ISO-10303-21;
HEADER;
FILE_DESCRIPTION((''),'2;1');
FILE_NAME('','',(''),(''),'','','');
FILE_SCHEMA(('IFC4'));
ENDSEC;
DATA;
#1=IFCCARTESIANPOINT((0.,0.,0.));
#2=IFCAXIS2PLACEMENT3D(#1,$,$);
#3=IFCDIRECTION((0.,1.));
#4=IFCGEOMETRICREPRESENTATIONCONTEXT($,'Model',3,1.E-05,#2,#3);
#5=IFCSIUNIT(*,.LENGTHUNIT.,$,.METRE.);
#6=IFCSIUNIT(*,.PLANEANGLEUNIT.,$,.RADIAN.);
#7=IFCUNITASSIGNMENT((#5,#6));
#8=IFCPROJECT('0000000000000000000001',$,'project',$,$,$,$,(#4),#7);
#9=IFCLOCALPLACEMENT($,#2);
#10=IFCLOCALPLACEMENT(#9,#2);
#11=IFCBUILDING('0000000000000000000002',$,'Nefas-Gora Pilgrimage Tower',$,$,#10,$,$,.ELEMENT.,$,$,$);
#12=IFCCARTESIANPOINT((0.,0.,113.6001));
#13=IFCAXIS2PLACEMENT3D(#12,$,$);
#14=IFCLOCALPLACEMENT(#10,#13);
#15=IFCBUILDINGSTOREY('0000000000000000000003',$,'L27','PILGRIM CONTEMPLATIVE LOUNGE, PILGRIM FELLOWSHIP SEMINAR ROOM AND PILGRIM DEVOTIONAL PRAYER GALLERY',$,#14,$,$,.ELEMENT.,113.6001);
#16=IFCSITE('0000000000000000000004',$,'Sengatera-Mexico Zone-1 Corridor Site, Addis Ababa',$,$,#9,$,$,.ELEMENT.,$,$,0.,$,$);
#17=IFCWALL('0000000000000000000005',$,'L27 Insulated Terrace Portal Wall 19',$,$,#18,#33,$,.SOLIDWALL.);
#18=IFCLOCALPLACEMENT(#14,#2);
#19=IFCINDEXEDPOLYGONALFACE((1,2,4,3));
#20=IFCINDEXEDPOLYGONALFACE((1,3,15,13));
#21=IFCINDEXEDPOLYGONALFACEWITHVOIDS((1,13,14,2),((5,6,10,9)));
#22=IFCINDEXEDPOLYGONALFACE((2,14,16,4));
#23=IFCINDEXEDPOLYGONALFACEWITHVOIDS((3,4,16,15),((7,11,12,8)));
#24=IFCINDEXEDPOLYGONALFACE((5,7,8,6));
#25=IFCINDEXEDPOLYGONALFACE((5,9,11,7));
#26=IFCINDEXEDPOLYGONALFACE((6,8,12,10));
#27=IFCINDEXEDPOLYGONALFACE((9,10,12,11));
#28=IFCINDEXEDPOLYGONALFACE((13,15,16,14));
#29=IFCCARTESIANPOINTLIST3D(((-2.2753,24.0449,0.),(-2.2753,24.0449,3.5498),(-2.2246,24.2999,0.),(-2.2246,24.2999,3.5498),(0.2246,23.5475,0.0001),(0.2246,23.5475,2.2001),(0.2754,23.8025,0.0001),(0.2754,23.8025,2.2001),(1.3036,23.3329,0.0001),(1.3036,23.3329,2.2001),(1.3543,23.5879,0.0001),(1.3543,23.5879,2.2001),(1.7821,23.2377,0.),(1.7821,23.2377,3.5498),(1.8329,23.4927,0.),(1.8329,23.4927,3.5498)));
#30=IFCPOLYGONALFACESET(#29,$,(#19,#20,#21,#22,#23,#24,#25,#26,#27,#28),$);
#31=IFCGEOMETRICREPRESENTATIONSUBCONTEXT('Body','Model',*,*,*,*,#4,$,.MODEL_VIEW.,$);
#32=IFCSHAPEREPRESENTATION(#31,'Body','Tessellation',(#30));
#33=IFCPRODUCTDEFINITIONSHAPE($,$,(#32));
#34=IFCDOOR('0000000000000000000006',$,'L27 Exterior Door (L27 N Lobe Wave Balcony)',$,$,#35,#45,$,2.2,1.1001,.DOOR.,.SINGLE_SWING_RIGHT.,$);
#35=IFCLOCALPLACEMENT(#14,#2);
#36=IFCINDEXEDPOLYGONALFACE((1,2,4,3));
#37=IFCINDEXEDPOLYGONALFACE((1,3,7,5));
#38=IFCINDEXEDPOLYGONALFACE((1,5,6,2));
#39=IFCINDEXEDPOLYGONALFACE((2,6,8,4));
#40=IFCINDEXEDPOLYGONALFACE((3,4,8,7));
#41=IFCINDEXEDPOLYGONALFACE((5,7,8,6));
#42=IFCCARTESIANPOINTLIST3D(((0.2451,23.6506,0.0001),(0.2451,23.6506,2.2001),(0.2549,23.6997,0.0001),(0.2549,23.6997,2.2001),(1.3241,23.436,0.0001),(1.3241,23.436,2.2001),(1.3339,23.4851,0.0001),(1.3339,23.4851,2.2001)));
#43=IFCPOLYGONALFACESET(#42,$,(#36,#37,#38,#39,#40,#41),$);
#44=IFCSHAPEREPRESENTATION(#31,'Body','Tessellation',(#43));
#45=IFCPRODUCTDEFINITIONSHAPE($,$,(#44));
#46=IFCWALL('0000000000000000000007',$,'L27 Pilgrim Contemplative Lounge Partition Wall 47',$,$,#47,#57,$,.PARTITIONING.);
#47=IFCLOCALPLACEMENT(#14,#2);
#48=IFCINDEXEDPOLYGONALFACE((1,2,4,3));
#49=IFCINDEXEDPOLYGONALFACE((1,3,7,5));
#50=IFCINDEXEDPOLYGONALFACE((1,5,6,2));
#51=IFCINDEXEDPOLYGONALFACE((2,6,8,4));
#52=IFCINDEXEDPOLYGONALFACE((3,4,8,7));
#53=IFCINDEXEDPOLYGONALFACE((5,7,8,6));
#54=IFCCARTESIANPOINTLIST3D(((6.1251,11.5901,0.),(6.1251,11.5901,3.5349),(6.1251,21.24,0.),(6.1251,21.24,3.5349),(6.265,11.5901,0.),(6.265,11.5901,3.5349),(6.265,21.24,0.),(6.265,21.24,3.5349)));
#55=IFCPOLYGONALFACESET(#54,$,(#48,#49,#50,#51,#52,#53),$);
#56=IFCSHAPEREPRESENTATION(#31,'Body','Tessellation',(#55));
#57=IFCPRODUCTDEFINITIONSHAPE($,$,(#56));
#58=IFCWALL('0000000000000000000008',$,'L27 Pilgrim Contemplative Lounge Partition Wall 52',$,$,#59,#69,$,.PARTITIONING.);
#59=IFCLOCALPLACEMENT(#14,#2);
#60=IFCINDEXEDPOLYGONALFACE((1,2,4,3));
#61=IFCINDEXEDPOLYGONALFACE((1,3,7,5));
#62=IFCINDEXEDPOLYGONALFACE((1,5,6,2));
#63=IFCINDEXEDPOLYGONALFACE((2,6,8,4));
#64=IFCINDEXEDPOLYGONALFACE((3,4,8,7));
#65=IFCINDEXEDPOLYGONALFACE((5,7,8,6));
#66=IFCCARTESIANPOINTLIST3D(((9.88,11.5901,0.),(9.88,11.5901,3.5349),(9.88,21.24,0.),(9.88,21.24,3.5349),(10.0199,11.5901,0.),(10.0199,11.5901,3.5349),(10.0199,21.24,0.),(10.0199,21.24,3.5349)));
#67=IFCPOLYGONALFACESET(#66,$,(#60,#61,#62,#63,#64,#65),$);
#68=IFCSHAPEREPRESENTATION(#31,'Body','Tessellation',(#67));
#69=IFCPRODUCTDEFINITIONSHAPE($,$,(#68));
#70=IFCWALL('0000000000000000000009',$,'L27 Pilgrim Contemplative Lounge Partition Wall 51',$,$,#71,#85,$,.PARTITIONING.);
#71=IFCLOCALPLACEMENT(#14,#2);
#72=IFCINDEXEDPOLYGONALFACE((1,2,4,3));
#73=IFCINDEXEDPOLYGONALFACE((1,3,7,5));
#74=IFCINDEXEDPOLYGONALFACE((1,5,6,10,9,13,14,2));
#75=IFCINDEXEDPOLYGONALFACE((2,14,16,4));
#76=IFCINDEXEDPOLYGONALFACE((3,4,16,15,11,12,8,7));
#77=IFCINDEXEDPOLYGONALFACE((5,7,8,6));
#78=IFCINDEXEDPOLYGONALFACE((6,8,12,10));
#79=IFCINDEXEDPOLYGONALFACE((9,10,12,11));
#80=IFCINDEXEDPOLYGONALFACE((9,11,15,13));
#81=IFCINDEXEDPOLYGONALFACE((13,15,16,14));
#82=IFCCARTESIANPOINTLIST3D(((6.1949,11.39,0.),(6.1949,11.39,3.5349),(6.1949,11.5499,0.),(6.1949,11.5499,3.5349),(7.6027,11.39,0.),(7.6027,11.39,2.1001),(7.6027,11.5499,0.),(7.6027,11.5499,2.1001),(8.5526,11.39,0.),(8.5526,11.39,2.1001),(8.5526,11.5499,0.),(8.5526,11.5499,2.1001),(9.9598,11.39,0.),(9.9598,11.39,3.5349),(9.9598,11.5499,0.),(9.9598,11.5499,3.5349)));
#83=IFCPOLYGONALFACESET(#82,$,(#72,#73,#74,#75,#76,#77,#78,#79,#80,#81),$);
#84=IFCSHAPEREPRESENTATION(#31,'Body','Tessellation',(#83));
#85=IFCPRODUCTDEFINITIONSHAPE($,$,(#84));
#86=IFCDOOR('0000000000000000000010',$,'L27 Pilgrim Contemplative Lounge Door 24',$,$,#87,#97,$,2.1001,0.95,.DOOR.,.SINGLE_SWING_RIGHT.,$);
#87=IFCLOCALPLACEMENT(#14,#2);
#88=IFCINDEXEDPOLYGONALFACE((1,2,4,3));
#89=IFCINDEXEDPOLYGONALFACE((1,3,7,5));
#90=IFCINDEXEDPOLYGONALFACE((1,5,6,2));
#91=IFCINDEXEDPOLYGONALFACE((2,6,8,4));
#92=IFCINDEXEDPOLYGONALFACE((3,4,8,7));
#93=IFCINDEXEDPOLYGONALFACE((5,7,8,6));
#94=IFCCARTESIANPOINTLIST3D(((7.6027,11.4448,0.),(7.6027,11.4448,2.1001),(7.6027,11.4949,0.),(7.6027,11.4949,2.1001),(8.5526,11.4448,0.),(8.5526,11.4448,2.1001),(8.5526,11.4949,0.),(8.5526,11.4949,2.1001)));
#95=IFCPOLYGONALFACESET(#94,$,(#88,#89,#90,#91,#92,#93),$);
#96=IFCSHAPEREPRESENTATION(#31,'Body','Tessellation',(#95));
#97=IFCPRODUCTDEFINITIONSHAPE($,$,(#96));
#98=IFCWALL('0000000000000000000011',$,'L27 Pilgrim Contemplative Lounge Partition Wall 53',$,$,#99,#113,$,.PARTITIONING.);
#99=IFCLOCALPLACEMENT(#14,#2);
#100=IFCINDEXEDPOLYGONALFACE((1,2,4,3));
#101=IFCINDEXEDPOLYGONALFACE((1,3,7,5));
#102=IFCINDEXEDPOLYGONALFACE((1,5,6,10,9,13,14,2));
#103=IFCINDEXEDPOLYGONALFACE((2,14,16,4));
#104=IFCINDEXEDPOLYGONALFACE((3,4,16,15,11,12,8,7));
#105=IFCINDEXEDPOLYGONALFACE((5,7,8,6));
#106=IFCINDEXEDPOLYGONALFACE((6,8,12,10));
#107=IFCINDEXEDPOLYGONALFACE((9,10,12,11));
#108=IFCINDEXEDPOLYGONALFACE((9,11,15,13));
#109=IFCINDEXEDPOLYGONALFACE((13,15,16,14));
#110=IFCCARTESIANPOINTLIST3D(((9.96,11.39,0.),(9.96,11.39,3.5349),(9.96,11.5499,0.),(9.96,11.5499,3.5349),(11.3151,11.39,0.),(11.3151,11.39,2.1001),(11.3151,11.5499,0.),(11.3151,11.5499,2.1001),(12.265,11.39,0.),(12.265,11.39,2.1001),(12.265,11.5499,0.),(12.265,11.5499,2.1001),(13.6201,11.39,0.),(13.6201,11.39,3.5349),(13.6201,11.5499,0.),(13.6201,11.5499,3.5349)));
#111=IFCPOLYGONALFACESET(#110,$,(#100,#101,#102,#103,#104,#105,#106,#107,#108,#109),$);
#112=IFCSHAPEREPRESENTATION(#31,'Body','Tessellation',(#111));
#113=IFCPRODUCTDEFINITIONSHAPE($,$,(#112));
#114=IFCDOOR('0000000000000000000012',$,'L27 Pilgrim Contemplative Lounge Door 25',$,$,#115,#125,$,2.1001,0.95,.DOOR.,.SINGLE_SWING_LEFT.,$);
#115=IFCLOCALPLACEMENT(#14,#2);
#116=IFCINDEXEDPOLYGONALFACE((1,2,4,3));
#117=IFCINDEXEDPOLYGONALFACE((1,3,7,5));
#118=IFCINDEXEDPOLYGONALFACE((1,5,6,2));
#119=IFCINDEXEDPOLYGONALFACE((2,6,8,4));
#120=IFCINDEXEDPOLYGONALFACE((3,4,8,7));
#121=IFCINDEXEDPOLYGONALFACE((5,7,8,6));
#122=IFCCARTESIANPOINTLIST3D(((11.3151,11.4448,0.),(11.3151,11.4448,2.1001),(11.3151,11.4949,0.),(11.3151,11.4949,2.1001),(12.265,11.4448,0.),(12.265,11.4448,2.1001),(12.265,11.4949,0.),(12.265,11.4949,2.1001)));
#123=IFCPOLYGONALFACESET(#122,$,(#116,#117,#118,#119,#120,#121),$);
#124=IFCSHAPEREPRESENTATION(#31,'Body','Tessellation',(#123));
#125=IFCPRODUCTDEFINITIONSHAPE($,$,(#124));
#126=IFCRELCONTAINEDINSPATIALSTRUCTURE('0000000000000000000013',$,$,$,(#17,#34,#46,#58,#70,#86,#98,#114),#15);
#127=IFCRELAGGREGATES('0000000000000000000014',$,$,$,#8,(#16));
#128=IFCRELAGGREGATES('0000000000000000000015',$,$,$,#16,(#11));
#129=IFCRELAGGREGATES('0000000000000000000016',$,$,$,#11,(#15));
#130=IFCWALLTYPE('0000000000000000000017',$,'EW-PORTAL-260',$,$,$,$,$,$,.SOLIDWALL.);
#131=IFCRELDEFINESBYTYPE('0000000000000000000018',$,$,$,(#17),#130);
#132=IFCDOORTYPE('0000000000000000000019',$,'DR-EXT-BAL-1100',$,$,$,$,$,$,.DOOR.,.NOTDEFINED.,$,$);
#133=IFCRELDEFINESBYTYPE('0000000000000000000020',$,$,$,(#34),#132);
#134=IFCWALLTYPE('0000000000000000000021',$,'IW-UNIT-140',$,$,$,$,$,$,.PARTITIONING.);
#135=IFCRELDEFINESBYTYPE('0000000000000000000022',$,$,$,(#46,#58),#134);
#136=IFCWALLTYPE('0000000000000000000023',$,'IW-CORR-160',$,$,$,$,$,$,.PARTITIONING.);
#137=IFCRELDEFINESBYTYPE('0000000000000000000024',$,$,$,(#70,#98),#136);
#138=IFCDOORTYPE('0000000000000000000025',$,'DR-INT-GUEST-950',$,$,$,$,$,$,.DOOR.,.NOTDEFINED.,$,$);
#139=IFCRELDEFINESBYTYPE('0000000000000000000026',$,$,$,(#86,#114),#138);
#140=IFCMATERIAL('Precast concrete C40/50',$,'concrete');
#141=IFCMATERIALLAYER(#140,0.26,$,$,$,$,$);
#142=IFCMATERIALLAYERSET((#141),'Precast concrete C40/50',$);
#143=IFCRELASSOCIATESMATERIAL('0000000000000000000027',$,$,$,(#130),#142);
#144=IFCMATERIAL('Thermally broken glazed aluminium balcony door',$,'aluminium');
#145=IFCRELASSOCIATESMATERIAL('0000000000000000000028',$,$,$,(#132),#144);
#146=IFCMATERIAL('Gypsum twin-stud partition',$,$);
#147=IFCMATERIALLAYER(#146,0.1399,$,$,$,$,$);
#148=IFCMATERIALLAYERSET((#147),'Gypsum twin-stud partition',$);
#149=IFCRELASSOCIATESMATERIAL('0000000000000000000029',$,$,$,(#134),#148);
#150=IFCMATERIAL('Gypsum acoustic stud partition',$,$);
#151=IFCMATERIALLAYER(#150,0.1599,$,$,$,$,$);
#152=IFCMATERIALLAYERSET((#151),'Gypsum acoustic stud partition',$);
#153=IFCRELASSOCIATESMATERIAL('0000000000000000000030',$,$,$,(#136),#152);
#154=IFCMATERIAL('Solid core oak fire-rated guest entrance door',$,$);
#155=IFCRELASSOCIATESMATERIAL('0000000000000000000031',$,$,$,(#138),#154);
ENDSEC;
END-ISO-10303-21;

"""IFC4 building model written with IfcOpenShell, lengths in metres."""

from ifc_helpers import new_model, si_unit, direction, frame, frame_2d, origin, place, context, subcontext, project, spatial, rectangle, extrude, source, transform, mapped, material, layer, layer_set, type_object, element, fill, save


model = new_model("IFC4")

# Units and contexts
model_context = context("Model", 3, precision=1e-05, world=origin(), true_north=direction((0.0, 1.0)))
body_context = subcontext(model_context, "Body", "Model", "MODEL_VIEW")
ifc_project = project(units=[si_unit("LENGTHUNIT", "METRE"), si_unit("PLANEANGLEUNIT", "RADIAN")], contexts=[model_context])

# Site, building, storey
site_placement = place(None, origin())
site = spatial("IfcSite", under=ifc_project, at=site_placement, Name="Sengatera-Mexico Zone-1 Corridor Site, Addis Ababa", CompositionType="ELEMENT", RefElevation=0.0)
building_placement = place(site_placement, origin())
building = spatial("IfcBuilding", under=site, at=building_placement, Name="Nefas-Gora Pilgrimage Tower", CompositionType="ELEMENT")
storey_placement = place(building_placement, frame((0.0, 0.0, 113.6001)))
storey = spatial("IfcBuildingStorey", under=building, at=storey_placement, Name="L27", Description="PILGRIM CONTEMPLATIVE LOUNGE, PILGRIM FELLOWSHIP SEMINAR ROOM AND PILGRIM DEVOTIONAL PRAYER GALLERY", CompositionType="ELEMENT", Elevation=113.6001)

# Shared definitions
ifc_material_1 = material(Name="Precast concrete C40/50", Category="concrete")
ifc_layer_1 = layer(ifc_material_1, 0.26)
ifc_layer_set_1 = layer_set([ifc_layer_1], Name="Precast concrete C40/50")
wall_type_1 = type_object("IfcWallType", Name="EW-PORTAL-260", PredefinedType="SOLIDWALL", material=ifc_layer_set_1)

# Wall, opening, door
shared_shape_1 = source(origin(), body_context, "Body", "SweptSolid", [
    extrude(rectangle(XDim=4.137, YDim=0.26, at=frame_2d((2.0684, 0.0))), origin(), (0.0, 0.0, 1.0), 3.5498),
])
wall_1_placement = place(storey_placement, frame((1.8074, 23.3652, 0.0), z_axis=(0.0, 0.0, 1.0), x_axis=(-0.980782, 0.195106, 0.0)))
wall_1 = element("IfcWall", 1, at=wall_1_placement, inside=storey, type_object=wall_type_1, Name="L27 Insulated Terrace Portal Wall 19", PredefinedType="SOLIDWALL", context=body_context, shape_type="MappedRepresentation", body=[
    mapped(shared_shape_1, transform((0.0, 0.0, 0.0), x_axis=(1.0, 0.0, 0.0), y_axis=(0.0, 1.0, 0.0), z_axis=(0.0, 0.0, 1.0), scale=1.0)),
])
opening_1_placement = place(wall_1_placement, frame((0.4878, 0.0, 0.0)))
opening_1 = element("IfcOpeningElement", 2, at=opening_1_placement, cuts=wall_1, PredefinedType="OPENING", context=body_context, shape_type="SweptSolid", body=[
    extrude(rectangle(XDim=1.1001, YDim=2.2, at=frame_2d((0.55, 1.1001))), frame((0.0, 0.1399, 0.0), z_axis=(0.0, -1.0, 0.0), x_axis=(1.0, 0.0, 0.0)), (0.0, 0.0, 1.0), 0.28),
])
ifc_material_2 = material(Name="Thermally broken glazed aluminium balcony door", Category="aluminium")
door_type_1 = type_object("IfcDoorType", Name="DR-EXT-BAL-1100", OperationType="NOTDEFINED", PredefinedType="DOOR", material=ifc_material_2)
shared_shape_2 = source(origin(), body_context, "Body", "SweptSolid", [
    extrude(rectangle(XDim=1.1001, YDim=2.2, at=frame_2d((0.55, 1.1001))), frame((0.0, 0.0249, 0.0), z_axis=(0.0, -1.0, 0.0), x_axis=(1.0, 0.0, 0.0)), (0.0, 0.0, 1.0), 0.05),
])
door_1_placement = place(opening_1_placement, origin())
door_1 = element("IfcDoor", 3, at=door_1_placement, inside=storey, type_object=door_type_1, Name="L27 Exterior Door (L27 N Lobe Wave Balcony)", OperationType="SINGLE_SWING_RIGHT", OverallHeight=2.2, OverallWidth=1.1001, PredefinedType="DOOR", context=body_context, shape_type="MappedRepresentation", body=[
    mapped(shared_shape_2, transform((0.0, 0.0, 0.0), x_axis=(1.0, 0.0, 0.0), y_axis=(0.0, 1.0, 0.0), z_axis=(0.0, 0.0, 1.0), scale=1.0)),
])
fill(opening_1, door_1)

# Walls
ifc_material_3 = material(Name="Gypsum twin-stud partition")
ifc_layer_2 = layer(ifc_material_3, 0.1399)
ifc_layer_set_2 = layer_set([ifc_layer_2], Name="Gypsum twin-stud partition")
wall_type_2 = type_object("IfcWallType", Name="IW-UNIT-140", PredefinedType="PARTITIONING", material=ifc_layer_set_2)
shared_shape_3 = source(origin(), body_context, "Body", "SweptSolid", [
    extrude(rectangle(XDim=9.6499, YDim=0.1399, at=frame_2d((4.825, 0.0))), origin(), (0.0, 0.0, 1.0), 3.5349),
])
for number, where, z_axis, x_axis, name in (
    (4, (6.1951, 11.5901, 0.0), (0.0, 0.0, 1.0), (0.0, 1.0, 0.0), "L27 Pilgrim Contemplative Lounge Partition Wall 47"),
    (5, (9.95, 11.5901, 0.0), (0.0, 0.0, 1.0), (0.0, 1.0, 0.0), "L27 Pilgrim Contemplative Lounge Partition Wall 52"),
):
    element("IfcWall", number, at=place(storey_placement, frame(where, z_axis=z_axis, x_axis=x_axis)), inside=storey, type_object=wall_type_2, Name=name, PredefinedType="PARTITIONING", context=body_context, shape_type="MappedRepresentation", body=[
        mapped(shared_shape_3, transform((0.0, 0.0, 0.0), x_axis=(1.0, 0.0, 0.0), y_axis=(0.0, 1.0, 0.0), z_axis=(0.0, 0.0, 1.0), scale=1.0)),
    ])

# Walls, openings, doors
ifc_material_4 = material(Name="Gypsum acoustic stud partition")
ifc_layer_3 = layer(ifc_material_4, 0.1599)
ifc_layer_set_3 = layer_set([ifc_layer_3], Name="Gypsum acoustic stud partition")
wall_type_3 = type_object("IfcWallType", Name="IW-CORR-160", PredefinedType="PARTITIONING", material=ifc_layer_set_3)
shared_shape_4 = source(origin(), body_context, "Body", "SweptSolid", [
    extrude(rectangle(XDim=3.7649, YDim=0.1599, at=frame_2d((1.8823, 0.0))), origin(), (0.0, 0.0, 1.0), 3.5349),
])
wall_2_placement = place(storey_placement, frame((6.1951, 11.47, 0.0), z_axis=(0.0, 0.0, 1.0), x_axis=(1.0, 0.0, 0.0)))
wall_2 = element("IfcWall", 6, at=wall_2_placement, inside=storey, type_object=wall_type_3, Name="L27 Pilgrim Contemplative Lounge Partition Wall 51", PredefinedType="PARTITIONING", context=body_context, shape_type="MappedRepresentation", body=[
    mapped(shared_shape_4, transform((0.0, 0.0, 0.0), x_axis=(1.0, 0.0, 0.0), y_axis=(0.0, 1.0, 0.0), z_axis=(0.0, 0.0, 1.0), scale=1.0)),
])
opening_2_placement = place(wall_2_placement, frame((1.4075, 0.0, 0.0)))
opening_2 = element("IfcOpeningElement", 7, at=opening_2_placement, cuts=wall_2, PredefinedType="OPENING", context=body_context, shape_type="SweptSolid", body=[
    extrude(rectangle(XDim=0.95, YDim=2.1001, at=frame_2d((0.4751, 1.05))), frame((0.0, 0.0898, 0.0), z_axis=(0.0, -1.0, 0.0), x_axis=(1.0, 0.0, 0.0)), (0.0, 0.0, 1.0), 0.1799),
])
ifc_material_5 = material(Name="Solid core oak fire-rated guest entrance door")
door_type_2 = type_object("IfcDoorType", Name="DR-INT-GUEST-950", OperationType="NOTDEFINED", PredefinedType="DOOR", material=ifc_material_5)
shared_shape_5 = source(origin(), body_context, "Body", "SweptSolid", [
    extrude(rectangle(XDim=0.95, YDim=2.1001, at=frame_2d((0.4751, 1.05))), frame((0.0, 0.0249, 0.0), z_axis=(0.0, -1.0, 0.0), x_axis=(1.0, 0.0, 0.0)), (0.0, 0.0, 1.0), 0.05),
])
door_2_placement = place(opening_2_placement, origin())
door_2 = element("IfcDoor", 8, at=door_2_placement, inside=storey, type_object=door_type_2, Name="L27 Pilgrim Contemplative Lounge Door 24", OperationType="SINGLE_SWING_RIGHT", OverallHeight=2.1001, OverallWidth=0.95, PredefinedType="DOOR", context=body_context, shape_type="MappedRepresentation", body=[
    mapped(shared_shape_5, transform((0.0, 0.0, 0.0), x_axis=(1.0, 0.0, 0.0), y_axis=(0.0, 1.0, 0.0), z_axis=(0.0, 0.0, 1.0), scale=1.0)),
])
fill(opening_2, door_2)
shared_shape_6 = source(origin(), body_context, "Body", "SweptSolid", [
    extrude(rectangle(XDim=3.6602, YDim=0.1599, at=frame_2d((1.8301, 0.0))), origin(), (0.0, 0.0, 1.0), 3.5349),
])
wall_3_placement = place(storey_placement, frame((9.96, 11.47, 0.0), z_axis=(0.0, 0.0, 1.0), x_axis=(1.0, 0.0, 0.0)))
wall_3 = element("IfcWall", 9, at=wall_3_placement, inside=storey, type_object=wall_type_3, Name="L27 Pilgrim Contemplative Lounge Partition Wall 53", PredefinedType="PARTITIONING", context=body_context, shape_type="MappedRepresentation", body=[
    mapped(shared_shape_6, transform((0.0, 0.0, 0.0), x_axis=(1.0, 0.0, 0.0), y_axis=(0.0, 1.0, 0.0), z_axis=(0.0, 0.0, 1.0), scale=1.0)),
])
opening_3_placement = place(wall_3_placement, frame((1.355, 0.0, 0.0)))
opening_3 = element("IfcOpeningElement", 10, at=opening_3_placement, cuts=wall_3, PredefinedType="OPENING", context=body_context, shape_type="SweptSolid", body=[
    extrude(rectangle(XDim=0.95, YDim=2.1001, at=frame_2d((0.4751, 1.05))), frame((0.0, 0.0898, 0.0), z_axis=(0.0, -1.0, 0.0), x_axis=(1.0, 0.0, 0.0)), (0.0, 0.0, 1.0), 0.1799),
])
door_3_placement = place(opening_3_placement, origin())
door_3 = element("IfcDoor", 11, at=door_3_placement, inside=storey, type_object=door_type_2, Name="L27 Pilgrim Contemplative Lounge Door 25", OperationType="SINGLE_SWING_LEFT", OverallHeight=2.1001, OverallWidth=0.95, PredefinedType="DOOR", context=body_context, shape_type="MappedRepresentation", body=[
    mapped(shared_shape_5, transform((0.0, 0.0, 0.0), x_axis=(1.0, 0.0, 0.0), y_axis=(0.0, 1.0, 0.0), z_axis=(0.0, 0.0, 1.0), scale=1.0)),
])
fill(opening_3, door_3)

save(model, "model.ifc")
